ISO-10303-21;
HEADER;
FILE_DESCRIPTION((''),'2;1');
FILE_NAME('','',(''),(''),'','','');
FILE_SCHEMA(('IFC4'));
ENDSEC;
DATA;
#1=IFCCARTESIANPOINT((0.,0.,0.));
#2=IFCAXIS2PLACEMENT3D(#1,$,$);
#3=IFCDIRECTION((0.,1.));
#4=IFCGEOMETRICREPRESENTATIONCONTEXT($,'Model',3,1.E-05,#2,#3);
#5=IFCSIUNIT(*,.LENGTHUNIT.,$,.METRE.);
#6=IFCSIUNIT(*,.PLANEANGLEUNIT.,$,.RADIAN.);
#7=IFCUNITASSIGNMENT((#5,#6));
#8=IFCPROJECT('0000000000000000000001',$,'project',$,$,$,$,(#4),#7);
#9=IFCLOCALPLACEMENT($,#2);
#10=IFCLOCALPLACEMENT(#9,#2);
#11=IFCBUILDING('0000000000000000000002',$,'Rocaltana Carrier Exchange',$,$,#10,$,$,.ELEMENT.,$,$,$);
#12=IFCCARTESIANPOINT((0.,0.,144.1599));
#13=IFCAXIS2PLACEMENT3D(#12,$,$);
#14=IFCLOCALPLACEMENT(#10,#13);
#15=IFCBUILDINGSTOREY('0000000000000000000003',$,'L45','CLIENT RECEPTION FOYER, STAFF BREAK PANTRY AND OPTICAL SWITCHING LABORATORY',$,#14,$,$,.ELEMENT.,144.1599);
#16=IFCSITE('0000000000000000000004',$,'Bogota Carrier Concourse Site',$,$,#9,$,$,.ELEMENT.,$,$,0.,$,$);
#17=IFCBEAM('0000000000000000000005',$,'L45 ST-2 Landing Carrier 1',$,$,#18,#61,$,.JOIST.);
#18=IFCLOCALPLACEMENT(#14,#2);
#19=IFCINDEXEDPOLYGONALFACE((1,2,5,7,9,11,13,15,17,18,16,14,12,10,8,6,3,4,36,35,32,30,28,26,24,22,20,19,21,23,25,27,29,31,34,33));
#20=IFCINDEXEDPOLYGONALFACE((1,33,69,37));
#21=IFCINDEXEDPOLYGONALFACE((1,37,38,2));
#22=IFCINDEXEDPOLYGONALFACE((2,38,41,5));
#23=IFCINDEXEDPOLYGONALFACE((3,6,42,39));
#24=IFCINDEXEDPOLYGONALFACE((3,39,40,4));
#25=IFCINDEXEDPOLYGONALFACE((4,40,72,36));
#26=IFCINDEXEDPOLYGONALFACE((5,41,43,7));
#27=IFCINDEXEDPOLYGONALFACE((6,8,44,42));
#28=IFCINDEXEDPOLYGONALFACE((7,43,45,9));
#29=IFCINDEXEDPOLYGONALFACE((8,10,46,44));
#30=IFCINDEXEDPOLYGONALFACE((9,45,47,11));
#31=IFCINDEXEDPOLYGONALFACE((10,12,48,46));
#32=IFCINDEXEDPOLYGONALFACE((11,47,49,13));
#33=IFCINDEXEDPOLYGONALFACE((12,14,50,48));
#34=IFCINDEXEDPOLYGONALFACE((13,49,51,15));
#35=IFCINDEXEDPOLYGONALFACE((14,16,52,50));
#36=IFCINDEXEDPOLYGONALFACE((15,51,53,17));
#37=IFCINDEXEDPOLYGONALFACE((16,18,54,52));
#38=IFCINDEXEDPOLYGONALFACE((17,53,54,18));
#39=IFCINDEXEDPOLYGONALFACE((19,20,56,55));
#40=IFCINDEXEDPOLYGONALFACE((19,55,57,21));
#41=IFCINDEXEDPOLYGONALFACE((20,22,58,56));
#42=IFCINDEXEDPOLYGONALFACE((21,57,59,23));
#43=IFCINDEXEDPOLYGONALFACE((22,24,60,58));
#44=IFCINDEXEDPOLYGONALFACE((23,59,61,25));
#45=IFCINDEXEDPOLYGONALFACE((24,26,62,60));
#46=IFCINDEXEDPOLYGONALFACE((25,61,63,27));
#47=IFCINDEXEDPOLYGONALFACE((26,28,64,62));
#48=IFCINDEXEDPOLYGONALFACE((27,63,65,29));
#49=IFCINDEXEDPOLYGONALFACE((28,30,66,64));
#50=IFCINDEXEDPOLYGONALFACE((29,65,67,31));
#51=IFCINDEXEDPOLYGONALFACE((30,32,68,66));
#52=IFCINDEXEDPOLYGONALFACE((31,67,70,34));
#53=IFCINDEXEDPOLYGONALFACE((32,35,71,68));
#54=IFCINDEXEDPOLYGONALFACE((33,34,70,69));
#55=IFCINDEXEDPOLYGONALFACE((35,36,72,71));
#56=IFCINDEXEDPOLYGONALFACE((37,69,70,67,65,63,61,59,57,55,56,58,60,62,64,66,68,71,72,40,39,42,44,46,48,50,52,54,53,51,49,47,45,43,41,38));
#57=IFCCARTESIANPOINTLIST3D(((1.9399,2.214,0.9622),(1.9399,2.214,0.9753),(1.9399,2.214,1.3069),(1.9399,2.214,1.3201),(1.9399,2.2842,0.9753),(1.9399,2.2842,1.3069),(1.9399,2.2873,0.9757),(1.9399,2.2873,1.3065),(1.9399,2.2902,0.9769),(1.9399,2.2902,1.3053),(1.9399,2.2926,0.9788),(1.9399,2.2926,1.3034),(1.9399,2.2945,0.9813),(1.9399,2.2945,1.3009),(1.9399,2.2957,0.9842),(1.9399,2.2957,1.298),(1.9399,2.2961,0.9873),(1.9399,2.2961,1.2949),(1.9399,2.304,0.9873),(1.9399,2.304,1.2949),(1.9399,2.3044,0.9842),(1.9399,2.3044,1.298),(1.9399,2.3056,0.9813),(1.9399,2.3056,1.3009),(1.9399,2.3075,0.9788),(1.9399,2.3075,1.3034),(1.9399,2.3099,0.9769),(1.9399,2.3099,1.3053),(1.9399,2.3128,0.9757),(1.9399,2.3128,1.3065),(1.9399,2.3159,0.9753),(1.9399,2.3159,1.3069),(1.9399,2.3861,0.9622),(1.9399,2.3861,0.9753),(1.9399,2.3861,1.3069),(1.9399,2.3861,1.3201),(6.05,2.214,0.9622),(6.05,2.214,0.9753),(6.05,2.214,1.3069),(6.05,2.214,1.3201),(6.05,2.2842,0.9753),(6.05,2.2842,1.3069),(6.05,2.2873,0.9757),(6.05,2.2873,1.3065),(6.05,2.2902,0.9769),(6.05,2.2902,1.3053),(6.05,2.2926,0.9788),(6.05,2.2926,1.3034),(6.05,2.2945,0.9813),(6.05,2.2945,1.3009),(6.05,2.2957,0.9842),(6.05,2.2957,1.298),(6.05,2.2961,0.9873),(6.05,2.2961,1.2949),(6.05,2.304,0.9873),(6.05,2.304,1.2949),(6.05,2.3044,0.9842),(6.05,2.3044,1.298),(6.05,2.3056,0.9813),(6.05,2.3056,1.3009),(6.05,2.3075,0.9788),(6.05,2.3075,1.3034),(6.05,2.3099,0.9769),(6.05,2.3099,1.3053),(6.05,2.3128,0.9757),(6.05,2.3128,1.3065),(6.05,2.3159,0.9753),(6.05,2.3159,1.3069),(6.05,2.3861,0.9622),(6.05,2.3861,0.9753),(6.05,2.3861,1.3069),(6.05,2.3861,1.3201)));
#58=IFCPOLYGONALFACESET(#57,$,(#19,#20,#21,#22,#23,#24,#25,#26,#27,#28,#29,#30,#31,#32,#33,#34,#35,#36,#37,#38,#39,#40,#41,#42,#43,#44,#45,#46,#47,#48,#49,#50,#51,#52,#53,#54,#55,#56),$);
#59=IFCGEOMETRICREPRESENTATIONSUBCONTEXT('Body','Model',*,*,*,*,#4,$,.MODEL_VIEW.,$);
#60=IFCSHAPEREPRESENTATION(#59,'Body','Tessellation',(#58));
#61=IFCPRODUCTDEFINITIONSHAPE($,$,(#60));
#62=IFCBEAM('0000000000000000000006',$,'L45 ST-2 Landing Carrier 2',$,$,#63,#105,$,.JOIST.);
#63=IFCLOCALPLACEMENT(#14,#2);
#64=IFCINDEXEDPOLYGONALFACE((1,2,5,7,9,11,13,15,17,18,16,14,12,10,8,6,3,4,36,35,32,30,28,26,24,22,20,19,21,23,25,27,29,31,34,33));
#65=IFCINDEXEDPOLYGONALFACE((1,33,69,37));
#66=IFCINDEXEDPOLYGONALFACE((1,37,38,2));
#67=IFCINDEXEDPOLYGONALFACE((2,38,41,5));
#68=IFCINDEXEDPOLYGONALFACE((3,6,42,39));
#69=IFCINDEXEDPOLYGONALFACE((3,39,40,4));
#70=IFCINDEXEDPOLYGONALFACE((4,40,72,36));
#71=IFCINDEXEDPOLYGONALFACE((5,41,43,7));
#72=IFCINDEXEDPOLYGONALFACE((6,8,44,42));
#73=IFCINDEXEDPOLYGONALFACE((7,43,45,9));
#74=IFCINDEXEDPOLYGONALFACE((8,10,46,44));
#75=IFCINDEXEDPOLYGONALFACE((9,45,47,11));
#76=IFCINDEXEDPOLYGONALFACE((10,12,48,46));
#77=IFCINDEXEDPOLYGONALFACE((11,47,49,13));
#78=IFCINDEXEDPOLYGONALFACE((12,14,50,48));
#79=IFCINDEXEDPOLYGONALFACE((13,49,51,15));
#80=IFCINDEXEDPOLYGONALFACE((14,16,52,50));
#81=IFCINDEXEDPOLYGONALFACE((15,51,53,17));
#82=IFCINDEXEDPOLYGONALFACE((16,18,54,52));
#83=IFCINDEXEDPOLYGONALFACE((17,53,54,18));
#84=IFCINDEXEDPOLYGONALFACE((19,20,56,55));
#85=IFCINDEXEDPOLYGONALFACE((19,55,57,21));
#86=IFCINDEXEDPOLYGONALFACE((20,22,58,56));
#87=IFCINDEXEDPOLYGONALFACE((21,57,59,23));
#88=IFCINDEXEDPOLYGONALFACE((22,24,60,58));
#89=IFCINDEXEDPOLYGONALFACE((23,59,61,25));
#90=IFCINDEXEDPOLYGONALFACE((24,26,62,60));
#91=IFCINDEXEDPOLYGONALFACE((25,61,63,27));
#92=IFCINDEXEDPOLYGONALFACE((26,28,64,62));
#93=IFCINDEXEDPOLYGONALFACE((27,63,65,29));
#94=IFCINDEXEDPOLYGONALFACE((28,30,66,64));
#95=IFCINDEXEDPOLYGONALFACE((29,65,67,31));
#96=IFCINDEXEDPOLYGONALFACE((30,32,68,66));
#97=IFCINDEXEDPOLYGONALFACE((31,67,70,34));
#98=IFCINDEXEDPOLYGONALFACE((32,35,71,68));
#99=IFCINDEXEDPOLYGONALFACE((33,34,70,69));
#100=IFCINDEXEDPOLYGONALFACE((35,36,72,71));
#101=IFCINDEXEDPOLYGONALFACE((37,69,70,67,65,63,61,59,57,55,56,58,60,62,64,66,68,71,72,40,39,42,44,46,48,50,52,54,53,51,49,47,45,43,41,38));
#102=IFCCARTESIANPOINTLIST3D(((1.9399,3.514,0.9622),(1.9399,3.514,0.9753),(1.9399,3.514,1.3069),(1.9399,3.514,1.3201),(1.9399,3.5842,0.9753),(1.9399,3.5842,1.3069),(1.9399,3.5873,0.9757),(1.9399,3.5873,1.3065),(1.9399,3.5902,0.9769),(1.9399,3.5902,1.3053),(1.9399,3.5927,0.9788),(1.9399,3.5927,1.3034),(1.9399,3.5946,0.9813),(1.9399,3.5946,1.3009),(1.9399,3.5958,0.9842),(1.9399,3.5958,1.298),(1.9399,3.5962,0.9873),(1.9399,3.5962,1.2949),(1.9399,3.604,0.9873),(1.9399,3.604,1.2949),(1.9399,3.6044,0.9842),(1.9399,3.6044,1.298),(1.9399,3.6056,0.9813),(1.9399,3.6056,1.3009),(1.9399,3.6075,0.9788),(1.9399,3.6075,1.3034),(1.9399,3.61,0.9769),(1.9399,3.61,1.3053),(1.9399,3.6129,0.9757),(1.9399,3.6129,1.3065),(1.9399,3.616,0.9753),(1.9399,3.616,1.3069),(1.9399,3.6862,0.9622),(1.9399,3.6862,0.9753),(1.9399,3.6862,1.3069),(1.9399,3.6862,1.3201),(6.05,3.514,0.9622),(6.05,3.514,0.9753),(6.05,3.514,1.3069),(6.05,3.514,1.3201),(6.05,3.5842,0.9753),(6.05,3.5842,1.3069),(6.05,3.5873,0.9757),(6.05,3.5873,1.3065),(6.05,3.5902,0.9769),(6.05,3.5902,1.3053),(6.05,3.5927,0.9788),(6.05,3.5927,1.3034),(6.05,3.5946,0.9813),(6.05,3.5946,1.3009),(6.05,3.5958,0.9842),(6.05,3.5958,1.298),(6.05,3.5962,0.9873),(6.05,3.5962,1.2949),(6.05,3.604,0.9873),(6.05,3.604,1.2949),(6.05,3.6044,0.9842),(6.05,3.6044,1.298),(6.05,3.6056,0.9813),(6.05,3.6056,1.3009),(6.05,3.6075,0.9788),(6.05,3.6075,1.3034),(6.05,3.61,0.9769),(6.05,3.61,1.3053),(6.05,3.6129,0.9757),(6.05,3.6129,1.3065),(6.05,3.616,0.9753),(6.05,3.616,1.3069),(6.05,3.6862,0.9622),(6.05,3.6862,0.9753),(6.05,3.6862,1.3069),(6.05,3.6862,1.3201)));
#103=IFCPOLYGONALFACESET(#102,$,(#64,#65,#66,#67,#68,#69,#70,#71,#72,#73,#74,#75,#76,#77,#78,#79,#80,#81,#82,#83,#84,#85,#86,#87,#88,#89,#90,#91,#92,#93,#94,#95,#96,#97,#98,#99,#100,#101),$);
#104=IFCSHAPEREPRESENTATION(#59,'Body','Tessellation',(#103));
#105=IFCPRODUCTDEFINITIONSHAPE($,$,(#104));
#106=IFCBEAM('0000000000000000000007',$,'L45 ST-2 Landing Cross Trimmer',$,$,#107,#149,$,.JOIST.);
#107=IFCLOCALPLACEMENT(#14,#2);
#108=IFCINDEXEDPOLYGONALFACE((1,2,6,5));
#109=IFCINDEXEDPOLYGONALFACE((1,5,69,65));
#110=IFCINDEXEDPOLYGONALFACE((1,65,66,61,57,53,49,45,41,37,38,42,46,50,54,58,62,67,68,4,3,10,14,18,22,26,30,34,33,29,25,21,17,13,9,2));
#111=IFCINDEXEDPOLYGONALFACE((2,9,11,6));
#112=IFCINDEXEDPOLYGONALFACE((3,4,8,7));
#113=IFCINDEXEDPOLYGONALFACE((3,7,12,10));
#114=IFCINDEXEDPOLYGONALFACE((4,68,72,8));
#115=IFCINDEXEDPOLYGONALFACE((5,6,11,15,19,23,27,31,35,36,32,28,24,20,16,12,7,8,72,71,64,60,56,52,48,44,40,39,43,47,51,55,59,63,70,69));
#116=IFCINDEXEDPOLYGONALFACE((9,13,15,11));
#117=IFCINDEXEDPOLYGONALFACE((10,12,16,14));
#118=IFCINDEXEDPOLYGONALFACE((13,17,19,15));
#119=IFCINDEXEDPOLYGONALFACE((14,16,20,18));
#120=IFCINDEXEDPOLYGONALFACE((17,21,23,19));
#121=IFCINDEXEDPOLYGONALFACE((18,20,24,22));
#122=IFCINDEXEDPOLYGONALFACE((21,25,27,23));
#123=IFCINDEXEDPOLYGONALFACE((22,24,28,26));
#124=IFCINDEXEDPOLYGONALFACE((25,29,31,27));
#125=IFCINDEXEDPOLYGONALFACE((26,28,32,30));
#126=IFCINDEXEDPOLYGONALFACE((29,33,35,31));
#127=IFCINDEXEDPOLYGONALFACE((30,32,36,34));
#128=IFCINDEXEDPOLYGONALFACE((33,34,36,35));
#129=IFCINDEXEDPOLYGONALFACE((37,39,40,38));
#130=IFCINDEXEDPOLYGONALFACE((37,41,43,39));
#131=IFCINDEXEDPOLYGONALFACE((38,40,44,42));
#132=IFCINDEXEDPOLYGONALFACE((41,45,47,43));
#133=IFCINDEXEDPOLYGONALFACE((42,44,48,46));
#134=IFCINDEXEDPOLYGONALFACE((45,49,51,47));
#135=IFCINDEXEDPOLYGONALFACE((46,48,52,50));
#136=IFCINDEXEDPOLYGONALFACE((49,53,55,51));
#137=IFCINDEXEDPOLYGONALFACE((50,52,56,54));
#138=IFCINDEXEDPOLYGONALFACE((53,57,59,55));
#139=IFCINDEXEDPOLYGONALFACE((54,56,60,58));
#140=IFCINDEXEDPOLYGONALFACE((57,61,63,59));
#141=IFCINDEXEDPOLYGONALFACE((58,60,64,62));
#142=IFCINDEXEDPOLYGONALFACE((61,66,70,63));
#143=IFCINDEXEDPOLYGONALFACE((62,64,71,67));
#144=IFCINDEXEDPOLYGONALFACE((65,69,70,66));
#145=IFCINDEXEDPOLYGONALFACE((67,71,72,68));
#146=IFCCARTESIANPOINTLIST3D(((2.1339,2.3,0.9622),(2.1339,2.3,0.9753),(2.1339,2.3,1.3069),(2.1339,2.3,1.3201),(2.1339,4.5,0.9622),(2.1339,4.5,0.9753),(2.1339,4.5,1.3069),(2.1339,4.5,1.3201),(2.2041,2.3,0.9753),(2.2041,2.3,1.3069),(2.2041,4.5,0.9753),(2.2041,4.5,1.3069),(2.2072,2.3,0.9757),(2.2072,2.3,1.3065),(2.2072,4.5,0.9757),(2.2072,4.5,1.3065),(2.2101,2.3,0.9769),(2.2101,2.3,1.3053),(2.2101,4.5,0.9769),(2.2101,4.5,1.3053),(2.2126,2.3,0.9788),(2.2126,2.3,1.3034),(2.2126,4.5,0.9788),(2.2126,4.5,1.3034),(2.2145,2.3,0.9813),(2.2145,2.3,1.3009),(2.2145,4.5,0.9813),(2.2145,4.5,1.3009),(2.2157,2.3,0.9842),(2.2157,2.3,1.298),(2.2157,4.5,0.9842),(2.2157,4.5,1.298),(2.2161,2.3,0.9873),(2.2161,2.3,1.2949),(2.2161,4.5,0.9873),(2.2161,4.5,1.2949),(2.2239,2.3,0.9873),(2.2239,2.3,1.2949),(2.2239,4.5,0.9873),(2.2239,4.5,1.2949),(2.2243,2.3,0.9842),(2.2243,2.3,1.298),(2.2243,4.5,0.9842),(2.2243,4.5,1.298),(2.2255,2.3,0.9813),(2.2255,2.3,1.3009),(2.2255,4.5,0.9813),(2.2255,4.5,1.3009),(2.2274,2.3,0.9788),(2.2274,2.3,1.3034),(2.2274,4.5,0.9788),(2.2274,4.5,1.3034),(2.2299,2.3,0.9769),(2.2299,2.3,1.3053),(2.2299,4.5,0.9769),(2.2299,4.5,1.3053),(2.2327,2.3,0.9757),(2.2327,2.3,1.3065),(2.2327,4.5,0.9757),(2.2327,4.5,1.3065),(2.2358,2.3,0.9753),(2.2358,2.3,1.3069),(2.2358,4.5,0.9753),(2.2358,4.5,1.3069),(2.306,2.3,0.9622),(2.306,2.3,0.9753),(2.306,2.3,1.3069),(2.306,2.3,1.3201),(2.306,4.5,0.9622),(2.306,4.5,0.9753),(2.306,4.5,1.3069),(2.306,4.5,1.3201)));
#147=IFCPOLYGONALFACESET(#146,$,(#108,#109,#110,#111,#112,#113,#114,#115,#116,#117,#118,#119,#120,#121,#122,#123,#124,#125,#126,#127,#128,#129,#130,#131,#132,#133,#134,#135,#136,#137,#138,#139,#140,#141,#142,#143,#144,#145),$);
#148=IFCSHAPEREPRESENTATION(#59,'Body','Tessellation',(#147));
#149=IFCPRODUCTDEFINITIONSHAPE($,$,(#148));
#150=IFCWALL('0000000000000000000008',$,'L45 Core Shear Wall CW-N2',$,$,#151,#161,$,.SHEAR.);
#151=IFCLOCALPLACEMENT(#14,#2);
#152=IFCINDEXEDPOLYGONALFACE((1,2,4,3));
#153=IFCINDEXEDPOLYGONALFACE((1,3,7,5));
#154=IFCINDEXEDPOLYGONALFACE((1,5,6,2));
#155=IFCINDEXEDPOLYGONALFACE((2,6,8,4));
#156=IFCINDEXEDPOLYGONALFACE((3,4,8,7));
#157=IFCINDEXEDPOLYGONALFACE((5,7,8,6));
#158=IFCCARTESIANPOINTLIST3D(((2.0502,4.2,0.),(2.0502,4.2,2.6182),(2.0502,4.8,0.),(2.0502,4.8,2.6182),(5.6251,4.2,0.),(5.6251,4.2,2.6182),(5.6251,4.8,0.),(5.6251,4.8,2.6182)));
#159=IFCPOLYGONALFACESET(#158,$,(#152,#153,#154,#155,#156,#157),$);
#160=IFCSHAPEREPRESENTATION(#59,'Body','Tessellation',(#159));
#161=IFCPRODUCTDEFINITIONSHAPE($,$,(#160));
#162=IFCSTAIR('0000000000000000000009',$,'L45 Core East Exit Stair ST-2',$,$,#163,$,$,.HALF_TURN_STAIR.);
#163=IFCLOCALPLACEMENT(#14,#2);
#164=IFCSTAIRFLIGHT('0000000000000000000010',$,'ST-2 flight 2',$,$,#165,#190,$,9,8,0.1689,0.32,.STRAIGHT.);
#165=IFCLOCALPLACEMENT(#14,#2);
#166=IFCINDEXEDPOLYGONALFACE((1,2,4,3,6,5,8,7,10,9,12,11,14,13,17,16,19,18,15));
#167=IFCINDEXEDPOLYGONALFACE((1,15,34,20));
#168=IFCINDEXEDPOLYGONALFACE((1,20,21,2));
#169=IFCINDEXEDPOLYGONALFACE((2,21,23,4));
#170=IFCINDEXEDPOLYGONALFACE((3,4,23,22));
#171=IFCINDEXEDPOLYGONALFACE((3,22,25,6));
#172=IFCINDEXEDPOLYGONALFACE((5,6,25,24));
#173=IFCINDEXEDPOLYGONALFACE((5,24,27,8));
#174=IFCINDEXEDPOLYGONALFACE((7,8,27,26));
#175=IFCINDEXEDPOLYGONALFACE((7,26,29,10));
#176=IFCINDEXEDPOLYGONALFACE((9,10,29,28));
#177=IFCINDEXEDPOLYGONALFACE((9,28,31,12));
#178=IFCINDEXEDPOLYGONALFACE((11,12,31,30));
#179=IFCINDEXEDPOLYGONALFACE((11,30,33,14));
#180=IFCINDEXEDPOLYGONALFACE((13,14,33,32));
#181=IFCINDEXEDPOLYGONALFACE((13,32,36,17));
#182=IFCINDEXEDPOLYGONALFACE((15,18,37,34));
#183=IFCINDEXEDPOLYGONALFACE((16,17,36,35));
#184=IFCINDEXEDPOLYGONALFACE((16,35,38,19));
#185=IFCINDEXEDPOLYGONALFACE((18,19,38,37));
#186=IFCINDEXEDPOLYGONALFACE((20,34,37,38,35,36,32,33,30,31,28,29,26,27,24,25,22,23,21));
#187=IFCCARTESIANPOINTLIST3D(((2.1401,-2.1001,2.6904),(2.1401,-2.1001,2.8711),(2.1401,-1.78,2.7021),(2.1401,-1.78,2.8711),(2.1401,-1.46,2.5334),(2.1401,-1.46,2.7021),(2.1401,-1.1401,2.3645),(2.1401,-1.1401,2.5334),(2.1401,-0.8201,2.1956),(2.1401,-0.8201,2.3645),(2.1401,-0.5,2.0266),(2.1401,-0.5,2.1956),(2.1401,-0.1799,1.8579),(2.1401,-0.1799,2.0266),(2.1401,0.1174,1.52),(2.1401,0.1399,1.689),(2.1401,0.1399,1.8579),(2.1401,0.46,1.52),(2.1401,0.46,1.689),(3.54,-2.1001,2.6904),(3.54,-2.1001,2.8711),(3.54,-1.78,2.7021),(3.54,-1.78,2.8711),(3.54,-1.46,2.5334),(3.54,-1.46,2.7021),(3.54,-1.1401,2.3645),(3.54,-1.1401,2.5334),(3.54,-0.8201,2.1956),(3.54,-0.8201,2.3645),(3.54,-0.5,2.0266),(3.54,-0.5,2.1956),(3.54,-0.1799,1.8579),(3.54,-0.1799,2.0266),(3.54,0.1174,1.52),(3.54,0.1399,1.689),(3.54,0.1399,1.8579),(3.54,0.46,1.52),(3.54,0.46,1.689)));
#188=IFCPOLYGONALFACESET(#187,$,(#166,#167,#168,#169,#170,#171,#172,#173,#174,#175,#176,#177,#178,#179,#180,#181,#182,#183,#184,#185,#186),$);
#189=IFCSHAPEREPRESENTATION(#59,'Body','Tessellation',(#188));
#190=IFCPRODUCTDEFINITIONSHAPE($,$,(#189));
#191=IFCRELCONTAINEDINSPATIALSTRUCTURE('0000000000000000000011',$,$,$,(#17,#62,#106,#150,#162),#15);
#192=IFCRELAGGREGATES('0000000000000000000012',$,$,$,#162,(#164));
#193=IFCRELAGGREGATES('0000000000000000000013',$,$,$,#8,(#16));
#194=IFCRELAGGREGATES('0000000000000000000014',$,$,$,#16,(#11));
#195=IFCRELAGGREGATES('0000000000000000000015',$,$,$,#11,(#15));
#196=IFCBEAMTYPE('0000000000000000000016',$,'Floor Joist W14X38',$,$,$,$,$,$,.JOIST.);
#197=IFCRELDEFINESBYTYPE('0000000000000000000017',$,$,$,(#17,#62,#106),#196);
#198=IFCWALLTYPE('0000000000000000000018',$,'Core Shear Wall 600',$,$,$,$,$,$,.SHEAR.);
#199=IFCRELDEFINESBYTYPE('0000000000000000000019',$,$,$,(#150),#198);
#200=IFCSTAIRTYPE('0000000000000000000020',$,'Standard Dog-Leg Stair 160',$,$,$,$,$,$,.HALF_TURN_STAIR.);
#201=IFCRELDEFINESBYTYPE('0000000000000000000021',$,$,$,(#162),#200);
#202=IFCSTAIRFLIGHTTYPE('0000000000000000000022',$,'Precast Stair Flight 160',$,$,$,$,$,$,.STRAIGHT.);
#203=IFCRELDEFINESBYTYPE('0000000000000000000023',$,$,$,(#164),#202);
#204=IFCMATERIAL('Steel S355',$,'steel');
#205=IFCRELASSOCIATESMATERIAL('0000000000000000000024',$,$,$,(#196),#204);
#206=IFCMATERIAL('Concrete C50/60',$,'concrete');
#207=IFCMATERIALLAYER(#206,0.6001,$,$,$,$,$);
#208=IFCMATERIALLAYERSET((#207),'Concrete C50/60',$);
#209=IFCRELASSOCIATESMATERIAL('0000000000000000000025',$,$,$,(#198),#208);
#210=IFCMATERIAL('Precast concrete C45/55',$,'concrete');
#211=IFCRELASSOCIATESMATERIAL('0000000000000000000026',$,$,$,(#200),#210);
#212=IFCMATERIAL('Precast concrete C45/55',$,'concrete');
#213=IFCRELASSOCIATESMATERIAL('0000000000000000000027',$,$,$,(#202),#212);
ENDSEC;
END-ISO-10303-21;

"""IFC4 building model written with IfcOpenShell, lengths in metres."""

from ifc_helpers import new_model, si_unit, direction, frame, frame_2d, origin, origin_2d, place, context, subcontext, project, spatial, polyline, rectangle, i_section, outline, extrude, material, layer, layer_set, material_profile, profile_set, type_object, element, aggregate, save


model = new_model("IFC4")

# Units and contexts
model_context = context("Model", 3, precision=1e-05, world=origin(), true_north=direction((0.0, 1.0)))
body_context = subcontext(model_context, "Body", "Model", "MODEL_VIEW")
ifc_project = project(units=[si_unit("LENGTHUNIT", "METRE"), si_unit("PLANEANGLEUNIT", "RADIAN")], contexts=[model_context])

# Site, building, storey
site_placement = place(None, origin())
site = spatial("IfcSite", under=ifc_project, at=site_placement, Name="Bogota Carrier Concourse Site", CompositionType="ELEMENT", RefElevation=0.0)
building_placement = place(site_placement, origin())
building = spatial("IfcBuilding", under=site, at=building_placement, Name="Rocaltana Carrier Exchange", CompositionType="ELEMENT")
storey_placement = place(building_placement, frame((0.0, 0.0, 144.1599)))
storey = spatial("IfcBuildingStorey", under=building, at=storey_placement, Name="L45", Description="CLIENT RECEPTION FOYER, STAFF BREAK PANTRY AND OPTICAL SWITCHING LABORATORY", CompositionType="ELEMENT", Elevation=144.1599)

# Beams
ifc_material_1 = material(Name="Steel S355", Category="steel")
ifc_material_profile = material_profile(ifc_material_1, i_section(OverallWidth=0.1721, OverallDepth=0.3579, WebThickness=0.0078, FlangeThickness=0.0132, FilletRadius=0.012, at=origin_2d()), Name="W14X38")
ifc_profile_set = profile_set([ifc_material_profile], Name="Steel S355")
beam_type = type_object("IfcBeamType", Name="Floor Joist W14X38", PredefinedType="JOIST", material=ifc_profile_set)
for number, where, z_axis, x_axis, name in (
    (1, (1.9399, 2.3, 1.1411), (1.0, 0.0, 0.0), (0.0, 1.0, 0.0), "L45 ST-2 Landing Carrier 1"),
    (2, (1.9399, 3.6001, 1.1411), (1.0, 0.0, 0.0), (0.0, 1.0, 0.0), "L45 ST-2 Landing Carrier 2"),
):
    element("IfcBeam", number, at=place(storey_placement, frame(where, z_axis=z_axis, x_axis=x_axis)), inside=storey, type_object=beam_type, Name=name, PredefinedType="JOIST", context=body_context, shape_type="SweptSolid", body=[
        extrude(i_section(OverallWidth=0.1721, OverallDepth=0.3579, WebThickness=0.0078, FlangeThickness=0.0132, FilletRadius=0.012, at=origin_2d()), origin(), (0.0, 0.0, 1.0), 4.1101),
    ])
beam_placement = place(storey_placement, frame((2.22, 2.3, 1.1411), z_axis=(0.0, 1.0, 0.0), x_axis=(-1.0, 0.0, 0.0)))
element("IfcBeam", 3, at=beam_placement, inside=storey, type_object=beam_type, Name="L45 ST-2 Landing Cross Trimmer", PredefinedType="JOIST", context=body_context, shape_type="SweptSolid", body=[
    extrude(i_section(OverallWidth=0.1721, OverallDepth=0.3579, WebThickness=0.0078, FlangeThickness=0.0132, FilletRadius=0.012, at=origin_2d()), origin(), (0.0, 0.0, 1.0), 2.2),
])

# Wall
ifc_material_2 = material(Name="Concrete C50/60", Category="concrete")
ifc_layer_1 = layer(ifc_material_2, 0.6001)
ifc_layer_set_1 = layer_set([ifc_layer_1], Name="Concrete C50/60")
wall_type = type_object("IfcWallType", Name="Core Shear Wall 600", PredefinedType="SHEAR", material=ifc_layer_set_1)
wall_placement = place(storey_placement, frame((2.05, 4.5, 0.0), z_axis=(0.0, 0.0, 1.0), x_axis=(1.0, 0.0, 0.0)))
element("IfcWall", 4, at=wall_placement, inside=storey, type_object=wall_type, Name="L45 Core Shear Wall CW-N2", PredefinedType="SHEAR", context=body_context, shape_type="SweptSolid", body=[
    extrude(rectangle(XDim=3.575, YDim=0.6001, at=frame_2d((1.7876, 0.0))), origin(), (0.0, 0.0, 1.0), 2.6182),
])

# Stair, stair flight
ifc_material_3 = material(Name="Precast concrete C45/55", Category="concrete")
stair_type = type_object("IfcStairType", Name="Standard Dog-Leg Stair 160", PredefinedType="HALF_TURN_STAIR", material=ifc_material_3)
stair_placement = place(storey_placement, origin())
stair = element("IfcStair", 5, at=stair_placement, inside=storey, type_object=stair_type, Name="L45 Core East Exit Stair ST-2", PredefinedType="HALF_TURN_STAIR")
ifc_material_4 = material(Name="Precast concrete C45/55", Category="concrete")
stair_flight_type = type_object("IfcStairFlightType", Name="Precast Stair Flight 160", PredefinedType="STRAIGHT", material=ifc_material_4)
stair_flight_placement = place(storey_placement, frame((2.8401, 0.46, 1.52), z_axis=(0.0, 0.0, 1.0), x_axis=(0.0, -1.0, 0.0)))
stair_flight = element("IfcStairFlight", 6, at=stair_flight_placement, type_object=stair_flight_type, Name="ST-2 flight 2", NumberOfRisers=9, NumberOfTreads=8, PredefinedType="STRAIGHT", RiserHeight=0.1689, TreadLength=0.32, context=body_context, shape_type="SweptSolid", body=[
    extrude(outline(polyline([(0.0, 0.0), (0.0, 0.1689), (0.3201, 0.1689), (0.3201, 0.3379), (0.6399, 0.3379), (0.6399, 0.5066), (0.96, 0.5066), (0.96, 0.6755), (1.28, 0.6755), (1.28, 0.8445), (1.6001, 0.8445), (1.6001, 1.0134), (1.9199, 1.0134), (1.9199, 1.1821), (2.24, 1.1821), (2.24, 1.3511), (2.5601, 1.3511), (2.5601, 1.52), (2.5601, 1.1704), (0.3425, 0.0), (0.0, 0.0)])), frame((0.0, 0.7, 0.0), z_axis=(0.0, -1.0, 0.0), x_axis=(1.0, 0.0, 0.0)), (0.0, 0.0, 1.0), 1.3999),
])
aggregate(stair, [stair_flight])

save(model, "model.ifc")
